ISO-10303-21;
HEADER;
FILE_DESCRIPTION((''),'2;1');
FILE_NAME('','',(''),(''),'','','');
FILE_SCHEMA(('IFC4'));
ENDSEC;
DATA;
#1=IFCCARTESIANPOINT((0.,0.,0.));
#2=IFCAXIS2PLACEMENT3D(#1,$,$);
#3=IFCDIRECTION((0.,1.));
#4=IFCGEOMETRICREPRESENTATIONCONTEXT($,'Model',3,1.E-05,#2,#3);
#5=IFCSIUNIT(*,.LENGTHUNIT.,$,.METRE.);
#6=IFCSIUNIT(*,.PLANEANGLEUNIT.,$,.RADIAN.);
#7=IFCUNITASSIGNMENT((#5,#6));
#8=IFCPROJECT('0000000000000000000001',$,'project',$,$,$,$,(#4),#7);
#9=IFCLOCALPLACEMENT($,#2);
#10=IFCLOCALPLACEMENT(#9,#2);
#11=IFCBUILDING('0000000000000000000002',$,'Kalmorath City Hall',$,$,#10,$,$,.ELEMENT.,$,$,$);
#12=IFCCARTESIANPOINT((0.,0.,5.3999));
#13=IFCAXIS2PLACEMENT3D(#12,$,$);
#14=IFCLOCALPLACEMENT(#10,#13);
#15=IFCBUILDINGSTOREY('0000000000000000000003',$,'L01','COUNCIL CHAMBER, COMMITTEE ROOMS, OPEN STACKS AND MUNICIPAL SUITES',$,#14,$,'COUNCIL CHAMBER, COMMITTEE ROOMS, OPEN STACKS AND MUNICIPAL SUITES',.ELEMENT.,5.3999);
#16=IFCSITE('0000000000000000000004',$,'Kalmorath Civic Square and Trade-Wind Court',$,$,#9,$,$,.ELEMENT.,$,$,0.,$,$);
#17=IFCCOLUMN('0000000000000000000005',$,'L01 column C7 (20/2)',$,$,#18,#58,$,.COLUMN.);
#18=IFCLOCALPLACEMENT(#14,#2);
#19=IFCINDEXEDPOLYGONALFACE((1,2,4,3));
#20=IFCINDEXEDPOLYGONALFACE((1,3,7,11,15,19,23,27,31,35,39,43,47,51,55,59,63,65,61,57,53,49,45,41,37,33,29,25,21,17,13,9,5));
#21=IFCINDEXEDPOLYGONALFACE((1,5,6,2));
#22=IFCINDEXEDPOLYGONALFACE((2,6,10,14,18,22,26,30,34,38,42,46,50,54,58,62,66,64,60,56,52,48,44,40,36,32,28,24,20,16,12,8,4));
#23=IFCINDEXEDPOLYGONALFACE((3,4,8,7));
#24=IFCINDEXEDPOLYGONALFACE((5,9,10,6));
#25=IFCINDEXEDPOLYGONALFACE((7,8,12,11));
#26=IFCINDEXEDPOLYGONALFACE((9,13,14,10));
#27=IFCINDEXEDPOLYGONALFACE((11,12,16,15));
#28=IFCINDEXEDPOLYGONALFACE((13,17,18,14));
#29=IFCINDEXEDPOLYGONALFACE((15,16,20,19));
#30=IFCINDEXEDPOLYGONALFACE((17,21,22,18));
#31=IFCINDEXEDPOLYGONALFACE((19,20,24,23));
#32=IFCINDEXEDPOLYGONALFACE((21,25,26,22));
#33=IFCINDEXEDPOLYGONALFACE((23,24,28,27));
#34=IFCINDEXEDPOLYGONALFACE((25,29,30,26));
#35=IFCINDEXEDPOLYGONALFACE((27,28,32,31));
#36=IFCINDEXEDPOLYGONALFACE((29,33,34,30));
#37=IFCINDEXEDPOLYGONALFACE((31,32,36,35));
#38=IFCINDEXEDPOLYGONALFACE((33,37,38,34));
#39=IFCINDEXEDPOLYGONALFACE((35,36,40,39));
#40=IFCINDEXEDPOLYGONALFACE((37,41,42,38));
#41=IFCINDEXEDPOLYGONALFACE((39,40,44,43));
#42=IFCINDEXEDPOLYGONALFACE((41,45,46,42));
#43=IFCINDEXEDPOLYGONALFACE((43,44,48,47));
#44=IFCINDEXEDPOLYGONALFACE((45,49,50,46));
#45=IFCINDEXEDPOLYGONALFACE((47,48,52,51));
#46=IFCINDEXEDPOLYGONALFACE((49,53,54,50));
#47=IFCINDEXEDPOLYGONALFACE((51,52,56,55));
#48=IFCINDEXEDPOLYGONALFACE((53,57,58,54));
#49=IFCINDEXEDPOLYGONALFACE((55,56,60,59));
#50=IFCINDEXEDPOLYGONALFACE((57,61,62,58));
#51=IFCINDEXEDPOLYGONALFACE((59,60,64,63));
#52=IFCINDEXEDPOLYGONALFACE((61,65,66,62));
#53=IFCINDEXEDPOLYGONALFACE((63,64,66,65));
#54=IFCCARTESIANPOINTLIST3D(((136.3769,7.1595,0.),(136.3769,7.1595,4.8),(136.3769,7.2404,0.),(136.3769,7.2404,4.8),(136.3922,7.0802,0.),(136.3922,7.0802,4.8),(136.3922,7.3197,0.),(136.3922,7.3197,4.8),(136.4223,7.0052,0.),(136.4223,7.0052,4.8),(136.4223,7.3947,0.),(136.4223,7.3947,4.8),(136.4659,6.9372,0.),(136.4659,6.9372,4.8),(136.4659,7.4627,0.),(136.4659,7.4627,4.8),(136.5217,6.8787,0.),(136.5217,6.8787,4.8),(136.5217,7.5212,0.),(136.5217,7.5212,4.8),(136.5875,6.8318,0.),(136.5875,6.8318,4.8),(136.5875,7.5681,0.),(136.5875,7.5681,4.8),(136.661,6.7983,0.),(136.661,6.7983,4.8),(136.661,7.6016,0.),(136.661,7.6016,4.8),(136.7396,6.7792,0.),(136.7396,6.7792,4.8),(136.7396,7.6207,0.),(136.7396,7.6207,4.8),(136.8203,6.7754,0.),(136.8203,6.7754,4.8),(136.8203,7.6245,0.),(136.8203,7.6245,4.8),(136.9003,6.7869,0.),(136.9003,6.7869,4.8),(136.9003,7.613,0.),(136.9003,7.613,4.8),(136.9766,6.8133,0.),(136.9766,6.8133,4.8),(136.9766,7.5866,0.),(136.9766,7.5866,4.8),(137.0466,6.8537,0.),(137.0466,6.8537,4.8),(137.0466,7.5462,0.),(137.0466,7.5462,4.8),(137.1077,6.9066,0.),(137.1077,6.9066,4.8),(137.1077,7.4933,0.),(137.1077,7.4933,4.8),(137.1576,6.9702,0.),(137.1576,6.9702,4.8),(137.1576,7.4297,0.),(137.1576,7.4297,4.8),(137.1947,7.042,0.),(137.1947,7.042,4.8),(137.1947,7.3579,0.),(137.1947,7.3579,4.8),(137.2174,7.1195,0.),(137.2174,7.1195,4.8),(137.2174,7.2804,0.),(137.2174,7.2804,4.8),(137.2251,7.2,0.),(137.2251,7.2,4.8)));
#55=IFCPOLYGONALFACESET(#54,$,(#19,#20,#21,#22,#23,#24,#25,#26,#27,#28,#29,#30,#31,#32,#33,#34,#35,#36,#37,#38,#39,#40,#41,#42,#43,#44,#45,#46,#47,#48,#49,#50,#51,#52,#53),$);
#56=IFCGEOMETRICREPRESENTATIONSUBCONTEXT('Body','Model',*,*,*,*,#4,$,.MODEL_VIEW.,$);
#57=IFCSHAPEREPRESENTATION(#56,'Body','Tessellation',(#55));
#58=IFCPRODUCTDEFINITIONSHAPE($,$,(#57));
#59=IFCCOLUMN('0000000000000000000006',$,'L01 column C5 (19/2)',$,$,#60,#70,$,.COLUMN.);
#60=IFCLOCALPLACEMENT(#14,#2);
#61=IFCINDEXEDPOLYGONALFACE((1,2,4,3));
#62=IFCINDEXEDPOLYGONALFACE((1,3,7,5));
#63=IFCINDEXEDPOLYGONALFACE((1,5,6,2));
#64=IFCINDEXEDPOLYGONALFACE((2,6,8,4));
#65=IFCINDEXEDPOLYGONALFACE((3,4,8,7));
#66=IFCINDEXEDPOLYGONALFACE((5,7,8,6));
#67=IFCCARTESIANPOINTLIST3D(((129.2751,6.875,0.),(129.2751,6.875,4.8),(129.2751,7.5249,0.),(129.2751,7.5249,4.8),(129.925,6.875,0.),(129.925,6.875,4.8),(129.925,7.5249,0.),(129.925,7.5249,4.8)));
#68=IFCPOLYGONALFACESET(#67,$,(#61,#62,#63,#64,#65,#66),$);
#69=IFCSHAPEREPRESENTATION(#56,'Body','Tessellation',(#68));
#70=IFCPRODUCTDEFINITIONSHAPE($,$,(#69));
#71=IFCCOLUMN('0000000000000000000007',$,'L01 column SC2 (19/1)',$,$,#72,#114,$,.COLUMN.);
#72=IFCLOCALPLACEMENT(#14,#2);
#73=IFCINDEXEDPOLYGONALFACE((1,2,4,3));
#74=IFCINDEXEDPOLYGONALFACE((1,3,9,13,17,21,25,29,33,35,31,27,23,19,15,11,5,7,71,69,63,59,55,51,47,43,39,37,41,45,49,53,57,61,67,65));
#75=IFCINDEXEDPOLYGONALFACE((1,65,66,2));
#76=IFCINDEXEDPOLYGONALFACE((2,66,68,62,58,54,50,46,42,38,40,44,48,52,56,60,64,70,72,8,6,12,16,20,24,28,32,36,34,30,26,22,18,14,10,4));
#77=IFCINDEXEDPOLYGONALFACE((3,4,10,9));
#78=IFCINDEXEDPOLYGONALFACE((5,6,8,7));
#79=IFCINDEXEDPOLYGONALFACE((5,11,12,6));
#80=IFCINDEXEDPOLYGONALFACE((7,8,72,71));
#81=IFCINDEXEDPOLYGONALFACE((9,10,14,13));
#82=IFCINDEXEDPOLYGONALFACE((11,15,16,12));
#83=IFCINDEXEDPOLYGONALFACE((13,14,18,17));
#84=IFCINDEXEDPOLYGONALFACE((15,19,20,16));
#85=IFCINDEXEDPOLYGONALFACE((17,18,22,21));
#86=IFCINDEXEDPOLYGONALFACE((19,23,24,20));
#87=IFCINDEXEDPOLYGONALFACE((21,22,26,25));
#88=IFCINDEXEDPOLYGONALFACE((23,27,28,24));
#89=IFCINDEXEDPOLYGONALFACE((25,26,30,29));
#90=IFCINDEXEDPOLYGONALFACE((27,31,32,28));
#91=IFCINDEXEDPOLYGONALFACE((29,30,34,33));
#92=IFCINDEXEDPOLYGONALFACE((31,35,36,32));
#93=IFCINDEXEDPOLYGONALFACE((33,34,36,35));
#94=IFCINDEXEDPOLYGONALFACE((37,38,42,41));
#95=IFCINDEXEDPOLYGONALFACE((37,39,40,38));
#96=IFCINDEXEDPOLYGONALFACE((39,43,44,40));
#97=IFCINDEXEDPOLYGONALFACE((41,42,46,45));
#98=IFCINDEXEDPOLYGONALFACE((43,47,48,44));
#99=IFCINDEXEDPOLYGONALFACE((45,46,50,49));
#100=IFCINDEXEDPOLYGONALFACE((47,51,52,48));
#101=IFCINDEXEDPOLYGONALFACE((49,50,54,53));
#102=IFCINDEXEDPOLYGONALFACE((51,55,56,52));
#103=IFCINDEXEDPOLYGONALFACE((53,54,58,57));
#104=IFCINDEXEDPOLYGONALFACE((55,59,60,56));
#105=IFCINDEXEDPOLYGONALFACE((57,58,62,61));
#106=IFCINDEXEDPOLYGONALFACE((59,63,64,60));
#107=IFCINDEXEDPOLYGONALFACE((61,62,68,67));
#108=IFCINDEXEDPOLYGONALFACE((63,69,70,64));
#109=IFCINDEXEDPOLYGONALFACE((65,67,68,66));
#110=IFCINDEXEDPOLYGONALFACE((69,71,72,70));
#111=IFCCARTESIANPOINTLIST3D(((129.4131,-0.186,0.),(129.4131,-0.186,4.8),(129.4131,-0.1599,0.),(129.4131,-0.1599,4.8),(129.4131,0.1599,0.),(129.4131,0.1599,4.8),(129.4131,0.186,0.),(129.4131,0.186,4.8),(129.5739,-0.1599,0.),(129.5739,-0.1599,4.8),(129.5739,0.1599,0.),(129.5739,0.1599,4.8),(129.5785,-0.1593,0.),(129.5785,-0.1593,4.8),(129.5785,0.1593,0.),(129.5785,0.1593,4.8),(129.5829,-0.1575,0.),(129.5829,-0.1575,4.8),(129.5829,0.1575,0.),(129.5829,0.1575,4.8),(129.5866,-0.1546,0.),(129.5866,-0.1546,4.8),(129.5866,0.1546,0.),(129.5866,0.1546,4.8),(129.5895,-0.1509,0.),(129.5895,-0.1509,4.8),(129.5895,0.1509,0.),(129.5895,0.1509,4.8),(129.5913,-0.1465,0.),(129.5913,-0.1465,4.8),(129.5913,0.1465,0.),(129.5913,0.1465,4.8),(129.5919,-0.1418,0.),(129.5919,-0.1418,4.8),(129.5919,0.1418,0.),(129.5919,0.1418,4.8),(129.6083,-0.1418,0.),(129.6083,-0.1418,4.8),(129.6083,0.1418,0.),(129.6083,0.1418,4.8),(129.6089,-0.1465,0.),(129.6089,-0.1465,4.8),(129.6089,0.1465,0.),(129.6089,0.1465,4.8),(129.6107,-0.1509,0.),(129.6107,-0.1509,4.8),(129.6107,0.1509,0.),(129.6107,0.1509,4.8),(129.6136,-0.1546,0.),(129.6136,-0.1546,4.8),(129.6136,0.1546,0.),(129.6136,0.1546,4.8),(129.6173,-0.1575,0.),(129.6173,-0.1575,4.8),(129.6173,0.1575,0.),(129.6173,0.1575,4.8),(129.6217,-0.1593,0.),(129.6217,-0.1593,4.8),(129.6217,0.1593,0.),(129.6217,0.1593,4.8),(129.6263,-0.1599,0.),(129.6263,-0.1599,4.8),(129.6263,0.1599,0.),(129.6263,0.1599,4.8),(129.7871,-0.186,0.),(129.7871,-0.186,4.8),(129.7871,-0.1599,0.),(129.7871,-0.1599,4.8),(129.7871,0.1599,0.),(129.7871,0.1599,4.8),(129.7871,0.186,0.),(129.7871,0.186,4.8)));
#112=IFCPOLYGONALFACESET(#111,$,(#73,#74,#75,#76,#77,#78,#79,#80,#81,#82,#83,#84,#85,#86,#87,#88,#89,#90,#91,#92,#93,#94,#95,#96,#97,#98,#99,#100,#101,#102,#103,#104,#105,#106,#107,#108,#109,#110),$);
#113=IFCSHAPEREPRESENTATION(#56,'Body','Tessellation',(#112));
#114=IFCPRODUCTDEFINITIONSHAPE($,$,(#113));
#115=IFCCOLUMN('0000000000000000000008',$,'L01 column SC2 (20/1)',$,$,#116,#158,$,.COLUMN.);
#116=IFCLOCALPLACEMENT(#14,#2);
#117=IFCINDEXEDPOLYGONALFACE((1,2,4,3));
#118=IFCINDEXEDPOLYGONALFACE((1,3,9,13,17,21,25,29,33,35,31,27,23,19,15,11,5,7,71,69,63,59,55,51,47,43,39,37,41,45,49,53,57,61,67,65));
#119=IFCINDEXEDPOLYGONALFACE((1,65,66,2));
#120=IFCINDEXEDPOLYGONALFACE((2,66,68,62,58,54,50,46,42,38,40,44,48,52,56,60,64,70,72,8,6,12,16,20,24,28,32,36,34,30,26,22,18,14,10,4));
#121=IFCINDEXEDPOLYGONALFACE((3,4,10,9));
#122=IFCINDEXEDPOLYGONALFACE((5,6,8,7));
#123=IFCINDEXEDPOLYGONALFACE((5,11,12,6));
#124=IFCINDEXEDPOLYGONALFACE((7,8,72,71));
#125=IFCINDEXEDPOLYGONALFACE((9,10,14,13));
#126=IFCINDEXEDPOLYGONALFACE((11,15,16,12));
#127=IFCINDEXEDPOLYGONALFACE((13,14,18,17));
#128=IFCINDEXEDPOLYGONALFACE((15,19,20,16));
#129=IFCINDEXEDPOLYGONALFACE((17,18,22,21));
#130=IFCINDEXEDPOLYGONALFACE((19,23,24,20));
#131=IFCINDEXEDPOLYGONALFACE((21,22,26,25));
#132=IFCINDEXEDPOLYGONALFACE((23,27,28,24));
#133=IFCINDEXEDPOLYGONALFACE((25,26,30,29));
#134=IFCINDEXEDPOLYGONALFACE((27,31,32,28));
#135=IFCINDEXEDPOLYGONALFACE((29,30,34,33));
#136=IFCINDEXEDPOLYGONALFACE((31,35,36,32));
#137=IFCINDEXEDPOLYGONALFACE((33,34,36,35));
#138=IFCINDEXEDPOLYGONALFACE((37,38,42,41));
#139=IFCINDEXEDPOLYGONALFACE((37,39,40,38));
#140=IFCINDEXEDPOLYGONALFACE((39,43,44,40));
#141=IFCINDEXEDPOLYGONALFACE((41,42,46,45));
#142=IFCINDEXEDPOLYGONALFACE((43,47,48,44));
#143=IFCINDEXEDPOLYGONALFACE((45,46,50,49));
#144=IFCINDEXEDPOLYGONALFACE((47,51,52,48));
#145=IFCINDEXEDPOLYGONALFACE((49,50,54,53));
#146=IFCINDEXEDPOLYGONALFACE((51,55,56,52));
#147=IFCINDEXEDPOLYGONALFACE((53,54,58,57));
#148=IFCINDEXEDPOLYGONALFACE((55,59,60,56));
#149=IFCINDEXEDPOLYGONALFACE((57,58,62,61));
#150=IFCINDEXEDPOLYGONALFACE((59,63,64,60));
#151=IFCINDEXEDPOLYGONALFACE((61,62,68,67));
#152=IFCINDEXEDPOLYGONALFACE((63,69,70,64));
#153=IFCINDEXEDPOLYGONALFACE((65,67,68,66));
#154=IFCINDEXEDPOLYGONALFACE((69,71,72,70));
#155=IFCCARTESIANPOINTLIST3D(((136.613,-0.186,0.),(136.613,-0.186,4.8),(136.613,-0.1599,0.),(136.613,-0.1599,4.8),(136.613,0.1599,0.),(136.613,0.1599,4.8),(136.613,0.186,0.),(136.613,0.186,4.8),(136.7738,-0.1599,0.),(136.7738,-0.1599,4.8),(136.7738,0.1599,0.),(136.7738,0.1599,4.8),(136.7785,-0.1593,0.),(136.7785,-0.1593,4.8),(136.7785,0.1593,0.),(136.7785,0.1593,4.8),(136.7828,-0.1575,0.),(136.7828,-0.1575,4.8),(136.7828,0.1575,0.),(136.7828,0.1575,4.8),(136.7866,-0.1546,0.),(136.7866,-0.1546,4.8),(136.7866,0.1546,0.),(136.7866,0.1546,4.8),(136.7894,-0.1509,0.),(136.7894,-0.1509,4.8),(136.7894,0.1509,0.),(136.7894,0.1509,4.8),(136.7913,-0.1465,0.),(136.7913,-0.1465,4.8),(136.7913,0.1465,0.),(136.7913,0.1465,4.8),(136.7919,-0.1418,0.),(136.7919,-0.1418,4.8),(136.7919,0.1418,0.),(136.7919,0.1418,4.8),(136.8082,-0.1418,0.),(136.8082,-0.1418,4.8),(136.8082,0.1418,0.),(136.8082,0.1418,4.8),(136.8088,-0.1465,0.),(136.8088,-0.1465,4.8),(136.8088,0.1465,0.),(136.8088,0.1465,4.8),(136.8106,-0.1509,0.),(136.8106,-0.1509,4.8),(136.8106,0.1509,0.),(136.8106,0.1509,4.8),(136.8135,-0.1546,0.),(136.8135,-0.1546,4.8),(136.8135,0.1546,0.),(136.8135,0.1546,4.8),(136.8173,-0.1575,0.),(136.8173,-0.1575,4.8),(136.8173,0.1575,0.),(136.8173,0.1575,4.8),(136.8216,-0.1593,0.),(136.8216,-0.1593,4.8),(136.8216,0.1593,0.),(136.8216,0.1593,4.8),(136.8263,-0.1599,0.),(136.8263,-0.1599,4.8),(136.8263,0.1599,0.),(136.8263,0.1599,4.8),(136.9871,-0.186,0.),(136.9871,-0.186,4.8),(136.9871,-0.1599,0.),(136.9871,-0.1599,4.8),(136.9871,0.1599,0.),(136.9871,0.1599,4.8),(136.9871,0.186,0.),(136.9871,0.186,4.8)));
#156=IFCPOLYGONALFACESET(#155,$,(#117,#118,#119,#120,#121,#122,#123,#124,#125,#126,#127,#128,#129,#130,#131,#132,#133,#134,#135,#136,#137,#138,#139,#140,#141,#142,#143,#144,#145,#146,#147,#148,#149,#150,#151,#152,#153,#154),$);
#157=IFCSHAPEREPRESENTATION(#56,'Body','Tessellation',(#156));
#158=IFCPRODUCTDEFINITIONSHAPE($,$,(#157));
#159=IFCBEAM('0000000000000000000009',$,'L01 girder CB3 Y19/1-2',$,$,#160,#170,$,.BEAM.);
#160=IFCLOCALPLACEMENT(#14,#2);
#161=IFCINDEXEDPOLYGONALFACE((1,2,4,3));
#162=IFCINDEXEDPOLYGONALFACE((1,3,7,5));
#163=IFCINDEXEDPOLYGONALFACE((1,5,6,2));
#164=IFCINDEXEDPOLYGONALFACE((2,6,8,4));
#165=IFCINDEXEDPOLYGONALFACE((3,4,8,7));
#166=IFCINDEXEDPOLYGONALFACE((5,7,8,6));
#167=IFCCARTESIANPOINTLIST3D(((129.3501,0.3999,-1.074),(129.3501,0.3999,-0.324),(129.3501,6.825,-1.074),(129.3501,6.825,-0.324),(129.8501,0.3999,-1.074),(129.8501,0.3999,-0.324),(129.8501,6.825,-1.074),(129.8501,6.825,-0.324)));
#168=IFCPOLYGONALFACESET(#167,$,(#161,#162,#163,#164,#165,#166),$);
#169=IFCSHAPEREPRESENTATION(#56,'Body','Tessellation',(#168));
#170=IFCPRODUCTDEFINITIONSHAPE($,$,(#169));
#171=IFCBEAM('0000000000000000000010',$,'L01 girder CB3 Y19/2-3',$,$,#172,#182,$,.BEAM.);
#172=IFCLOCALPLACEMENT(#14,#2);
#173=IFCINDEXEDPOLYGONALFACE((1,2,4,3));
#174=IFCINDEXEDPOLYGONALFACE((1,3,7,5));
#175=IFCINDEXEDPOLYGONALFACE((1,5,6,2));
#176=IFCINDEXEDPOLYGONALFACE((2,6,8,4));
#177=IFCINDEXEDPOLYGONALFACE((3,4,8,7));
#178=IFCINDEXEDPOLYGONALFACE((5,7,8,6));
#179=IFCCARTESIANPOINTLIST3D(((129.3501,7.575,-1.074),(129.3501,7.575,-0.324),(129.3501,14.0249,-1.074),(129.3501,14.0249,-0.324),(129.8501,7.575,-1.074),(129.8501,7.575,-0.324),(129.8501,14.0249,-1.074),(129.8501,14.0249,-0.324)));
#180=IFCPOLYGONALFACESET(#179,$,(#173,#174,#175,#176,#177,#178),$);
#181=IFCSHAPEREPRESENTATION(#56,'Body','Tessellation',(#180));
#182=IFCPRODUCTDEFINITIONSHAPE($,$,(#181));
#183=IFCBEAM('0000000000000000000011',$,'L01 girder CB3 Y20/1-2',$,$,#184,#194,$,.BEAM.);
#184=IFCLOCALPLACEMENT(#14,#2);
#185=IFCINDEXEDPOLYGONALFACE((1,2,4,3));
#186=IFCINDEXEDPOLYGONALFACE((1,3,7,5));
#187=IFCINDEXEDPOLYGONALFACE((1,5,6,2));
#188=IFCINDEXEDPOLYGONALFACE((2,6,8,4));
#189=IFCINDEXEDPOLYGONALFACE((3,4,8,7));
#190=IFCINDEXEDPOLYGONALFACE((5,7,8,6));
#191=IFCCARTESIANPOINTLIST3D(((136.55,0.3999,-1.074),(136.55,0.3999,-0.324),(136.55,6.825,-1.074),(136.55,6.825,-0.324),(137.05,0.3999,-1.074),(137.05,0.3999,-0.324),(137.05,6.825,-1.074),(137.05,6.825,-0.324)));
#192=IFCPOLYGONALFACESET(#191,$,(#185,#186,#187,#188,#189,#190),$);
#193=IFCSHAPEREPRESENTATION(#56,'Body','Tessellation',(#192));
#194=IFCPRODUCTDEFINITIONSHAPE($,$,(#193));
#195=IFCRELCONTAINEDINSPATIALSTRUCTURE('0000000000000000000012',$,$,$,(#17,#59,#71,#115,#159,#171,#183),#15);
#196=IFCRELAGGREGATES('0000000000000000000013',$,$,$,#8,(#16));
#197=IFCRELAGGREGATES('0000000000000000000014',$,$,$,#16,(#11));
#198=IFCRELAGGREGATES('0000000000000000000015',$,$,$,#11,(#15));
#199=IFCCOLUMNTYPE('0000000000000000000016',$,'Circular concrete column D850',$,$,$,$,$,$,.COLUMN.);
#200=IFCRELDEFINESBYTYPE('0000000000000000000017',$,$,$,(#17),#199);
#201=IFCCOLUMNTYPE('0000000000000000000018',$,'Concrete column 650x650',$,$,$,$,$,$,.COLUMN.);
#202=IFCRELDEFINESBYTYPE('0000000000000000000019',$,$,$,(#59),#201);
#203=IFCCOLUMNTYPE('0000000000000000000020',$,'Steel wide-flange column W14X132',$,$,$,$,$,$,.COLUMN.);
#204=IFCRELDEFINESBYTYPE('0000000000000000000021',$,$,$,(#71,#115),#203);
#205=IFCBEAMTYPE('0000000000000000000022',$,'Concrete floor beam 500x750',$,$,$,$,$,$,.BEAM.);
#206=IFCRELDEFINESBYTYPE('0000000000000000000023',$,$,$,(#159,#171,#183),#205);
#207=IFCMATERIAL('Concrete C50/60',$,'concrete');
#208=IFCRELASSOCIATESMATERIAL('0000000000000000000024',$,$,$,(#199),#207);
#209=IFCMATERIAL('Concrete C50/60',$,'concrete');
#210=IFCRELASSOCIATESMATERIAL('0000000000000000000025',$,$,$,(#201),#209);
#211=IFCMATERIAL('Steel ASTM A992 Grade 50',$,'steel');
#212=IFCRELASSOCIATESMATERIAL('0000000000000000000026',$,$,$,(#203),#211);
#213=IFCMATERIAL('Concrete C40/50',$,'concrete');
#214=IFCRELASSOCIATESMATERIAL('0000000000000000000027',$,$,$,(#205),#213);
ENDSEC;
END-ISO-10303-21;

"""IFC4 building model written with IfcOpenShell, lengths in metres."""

from ifc_helpers import new_model, si_unit, direction, frame, origin, origin_2d, place, context, subcontext, project, spatial, rectangle, circle, i_section, extrude, material, material_profile, profile_set, type_object, element, save


model = new_model("IFC4")

# Units and contexts
model_context = context("Model", 3, precision=1e-05, world=origin(), true_north=direction((0.0, 1.0)))
body_context = subcontext(model_context, "Body", "Model", "MODEL_VIEW")
ifc_project = project(units=[si_unit("LENGTHUNIT", "METRE"), si_unit("PLANEANGLEUNIT", "RADIAN")], contexts=[model_context])

# Site, building, storey
site_placement = place(None, origin())
site = spatial("IfcSite", under=ifc_project, at=site_placement, Name="Kalmorath Civic Square and Trade-Wind Court", CompositionType="ELEMENT", RefElevation=0.0)
building_placement = place(site_placement, origin())
building = spatial("IfcBuilding", under=site, at=building_placement, Name="Kalmorath City Hall", CompositionType="ELEMENT")
storey_placement = place(building_placement, frame((0.0, 0.0, 5.3999)))
storey = spatial("IfcBuildingStorey", under=building, at=storey_placement, Name="L01", Description="COUNCIL CHAMBER, COMMITTEE ROOMS, OPEN STACKS AND MUNICIPAL SUITES", LongName="COUNCIL CHAMBER, COMMITTEE ROOMS, OPEN STACKS AND MUNICIPAL SUITES", CompositionType="ELEMENT", Elevation=5.3999)

# Columns
ifc_material_1 = material(Name="Concrete C50/60", Category="concrete")
ifc_material_profile_1 = material_profile(ifc_material_1, circle(Radius=0.425, at=origin_2d()), Name="RC-COL-D850")
ifc_profile_set_1 = profile_set([ifc_material_profile_1], Name="Concrete C50/60")
column_type_1 = type_object("IfcColumnType", Name="Circular concrete column D850", PredefinedType="COLUMN", material=ifc_profile_set_1)
column_1_placement = place(storey_placement, frame((136.8, 7.2, 0.0), z_axis=(0.0, 0.0, 1.0), x_axis=(1.0, 0.0, 0.0)))
element("IfcColumn", 1, at=column_1_placement, inside=storey, type_object=column_type_1, Name="L01 column C7 (20/2)", PredefinedType="COLUMN", context=body_context, shape_type="SweptSolid", body=[
    extrude(circle(Radius=0.425, at=origin_2d()), origin(), (0.0, 0.0, 1.0), 4.8),
])
ifc_material_2 = material(Name="Concrete C50/60", Category="concrete")
ifc_material_profile_2 = material_profile(ifc_material_2, rectangle(XDim=0.6499, YDim=0.6499, at=origin_2d()), Name="RC-COL-650X650")
ifc_profile_set_2 = profile_set([ifc_material_profile_2], Name="Concrete C50/60")
column_type_2 = type_object("IfcColumnType", Name="Concrete column 650x650", PredefinedType="COLUMN", material=ifc_profile_set_2)
column_2_placement = place(storey_placement, frame((129.6001, 7.2, 0.0), z_axis=(0.0, 0.0, 1.0), x_axis=(1.0, 0.0, 0.0)))
element("IfcColumn", 2, at=column_2_placement, inside=storey, type_object=column_type_2, Name="L01 column C5 (19/2)", PredefinedType="COLUMN", context=body_context, shape_type="SweptSolid", body=[
    extrude(rectangle(XDim=0.6499, YDim=0.6499, at=origin_2d()), origin(), (0.0, 0.0, 1.0), 4.8),
])
ifc_material_3 = material(Name="Steel ASTM A992 Grade 50", Category="steel")
ifc_material_profile_3 = material_profile(ifc_material_3, i_section(OverallWidth=0.374, OverallDepth=0.3721, WebThickness=0.0164, FlangeThickness=0.0261, FilletRadius=0.0181, at=origin_2d()), Name="W14X132")
ifc_profile_set_3 = profile_set([ifc_material_profile_3], Name="Steel ASTM A992 Grade 50")
column_type_3 = type_object("IfcColumnType", Name="Steel wide-flange column W14X132", PredefinedType="COLUMN", material=ifc_profile_set_3)
for number, where, z_axis, x_axis, name in (
    (3, (129.6001, 0.0, 0.0), (0.0, 0.0, 1.0), (1.0, 0.0, 0.0), "L01 column SC2 (19/1)"),
    (4, (136.8, 0.0, 0.0), (0.0, 0.0, 1.0), (1.0, 0.0, 0.0), "L01 column SC2 (20/1)"),
):
    element("IfcColumn", number, at=place(storey_placement, frame(where, z_axis=z_axis, x_axis=x_axis)), inside=storey, type_object=column_type_3, Name=name, PredefinedType="COLUMN", context=body_context, shape_type="SweptSolid", body=[
        extrude(i_section(OverallWidth=0.374, OverallDepth=0.3721, WebThickness=0.0164, FlangeThickness=0.0261, FilletRadius=0.0181, at=origin_2d()), origin(), (0.0, 0.0, 1.0), 4.8),
    ])

# Beams
ifc_material_4 = material(Name="Concrete C40/50", Category="concrete")
ifc_material_profile_4 = material_profile(ifc_material_4, rectangle(XDim=0.5, YDim=0.75, at=origin_2d()), Name="RC-BM-500X750")
ifc_profile_set_4 = profile_set([ifc_material_profile_4], Name="Concrete C40/50")
beam_type_1 = type_object("IfcBeamType", Name="Concrete floor beam 500x750", PredefinedType="BEAM", material=ifc_profile_set_4)
beam_1_placement = place(storey_placement, frame((129.6001, 0.3999, -0.699), z_axis=(0.0, 1.0, 0.0), x_axis=(-1.0, 0.0, 0.0)))
element("IfcBeam", 5, at=beam_1_placement, inside=storey, type_object=beam_type_1, Name="L01 girder CB3 Y19/1-2", PredefinedType="BEAM", context=body_context, shape_type="SweptSolid", body=[
    extrude(rectangle(XDim=0.5, YDim=0.75, at=origin_2d()), origin(), (0.0, 0.0, 1.0), 6.425),
])
beam_2_placement = place(storey_placement, frame((129.6001, 7.575, -0.699), z_axis=(0.0, 1.0, 0.0), x_axis=(-1.0, 0.0, 0.0)))
element("IfcBeam", 6, at=beam_2_placement, inside=storey, type_object=beam_type_1, Name="L01 girder CB3 Y19/2-3", PredefinedType="BEAM", context=body_context, shape_type="SweptSolid", body=[
    extrude(rectangle(XDim=0.5, YDim=0.75, at=origin_2d()), origin(), (0.0, 0.0, 1.0), 6.45),
])
beam_3_placement = place(storey_placement, frame((136.8, 0.3999, -0.699), z_axis=(0.0, 1.0, 0.0), x_axis=(-1.0, 0.0, 0.0)))
element("IfcBeam", 7, at=beam_3_placement, inside=storey, type_object=beam_type_1, Name="L01 girder CB3 Y20/1-2", PredefinedType="BEAM", context=body_context, shape_type="SweptSolid", body=[
    extrude(rectangle(XDim=0.5, YDim=0.75, at=origin_2d()), origin(), (0.0, 0.0, 1.0), 6.425),
])

save(model, "model.ifc")
